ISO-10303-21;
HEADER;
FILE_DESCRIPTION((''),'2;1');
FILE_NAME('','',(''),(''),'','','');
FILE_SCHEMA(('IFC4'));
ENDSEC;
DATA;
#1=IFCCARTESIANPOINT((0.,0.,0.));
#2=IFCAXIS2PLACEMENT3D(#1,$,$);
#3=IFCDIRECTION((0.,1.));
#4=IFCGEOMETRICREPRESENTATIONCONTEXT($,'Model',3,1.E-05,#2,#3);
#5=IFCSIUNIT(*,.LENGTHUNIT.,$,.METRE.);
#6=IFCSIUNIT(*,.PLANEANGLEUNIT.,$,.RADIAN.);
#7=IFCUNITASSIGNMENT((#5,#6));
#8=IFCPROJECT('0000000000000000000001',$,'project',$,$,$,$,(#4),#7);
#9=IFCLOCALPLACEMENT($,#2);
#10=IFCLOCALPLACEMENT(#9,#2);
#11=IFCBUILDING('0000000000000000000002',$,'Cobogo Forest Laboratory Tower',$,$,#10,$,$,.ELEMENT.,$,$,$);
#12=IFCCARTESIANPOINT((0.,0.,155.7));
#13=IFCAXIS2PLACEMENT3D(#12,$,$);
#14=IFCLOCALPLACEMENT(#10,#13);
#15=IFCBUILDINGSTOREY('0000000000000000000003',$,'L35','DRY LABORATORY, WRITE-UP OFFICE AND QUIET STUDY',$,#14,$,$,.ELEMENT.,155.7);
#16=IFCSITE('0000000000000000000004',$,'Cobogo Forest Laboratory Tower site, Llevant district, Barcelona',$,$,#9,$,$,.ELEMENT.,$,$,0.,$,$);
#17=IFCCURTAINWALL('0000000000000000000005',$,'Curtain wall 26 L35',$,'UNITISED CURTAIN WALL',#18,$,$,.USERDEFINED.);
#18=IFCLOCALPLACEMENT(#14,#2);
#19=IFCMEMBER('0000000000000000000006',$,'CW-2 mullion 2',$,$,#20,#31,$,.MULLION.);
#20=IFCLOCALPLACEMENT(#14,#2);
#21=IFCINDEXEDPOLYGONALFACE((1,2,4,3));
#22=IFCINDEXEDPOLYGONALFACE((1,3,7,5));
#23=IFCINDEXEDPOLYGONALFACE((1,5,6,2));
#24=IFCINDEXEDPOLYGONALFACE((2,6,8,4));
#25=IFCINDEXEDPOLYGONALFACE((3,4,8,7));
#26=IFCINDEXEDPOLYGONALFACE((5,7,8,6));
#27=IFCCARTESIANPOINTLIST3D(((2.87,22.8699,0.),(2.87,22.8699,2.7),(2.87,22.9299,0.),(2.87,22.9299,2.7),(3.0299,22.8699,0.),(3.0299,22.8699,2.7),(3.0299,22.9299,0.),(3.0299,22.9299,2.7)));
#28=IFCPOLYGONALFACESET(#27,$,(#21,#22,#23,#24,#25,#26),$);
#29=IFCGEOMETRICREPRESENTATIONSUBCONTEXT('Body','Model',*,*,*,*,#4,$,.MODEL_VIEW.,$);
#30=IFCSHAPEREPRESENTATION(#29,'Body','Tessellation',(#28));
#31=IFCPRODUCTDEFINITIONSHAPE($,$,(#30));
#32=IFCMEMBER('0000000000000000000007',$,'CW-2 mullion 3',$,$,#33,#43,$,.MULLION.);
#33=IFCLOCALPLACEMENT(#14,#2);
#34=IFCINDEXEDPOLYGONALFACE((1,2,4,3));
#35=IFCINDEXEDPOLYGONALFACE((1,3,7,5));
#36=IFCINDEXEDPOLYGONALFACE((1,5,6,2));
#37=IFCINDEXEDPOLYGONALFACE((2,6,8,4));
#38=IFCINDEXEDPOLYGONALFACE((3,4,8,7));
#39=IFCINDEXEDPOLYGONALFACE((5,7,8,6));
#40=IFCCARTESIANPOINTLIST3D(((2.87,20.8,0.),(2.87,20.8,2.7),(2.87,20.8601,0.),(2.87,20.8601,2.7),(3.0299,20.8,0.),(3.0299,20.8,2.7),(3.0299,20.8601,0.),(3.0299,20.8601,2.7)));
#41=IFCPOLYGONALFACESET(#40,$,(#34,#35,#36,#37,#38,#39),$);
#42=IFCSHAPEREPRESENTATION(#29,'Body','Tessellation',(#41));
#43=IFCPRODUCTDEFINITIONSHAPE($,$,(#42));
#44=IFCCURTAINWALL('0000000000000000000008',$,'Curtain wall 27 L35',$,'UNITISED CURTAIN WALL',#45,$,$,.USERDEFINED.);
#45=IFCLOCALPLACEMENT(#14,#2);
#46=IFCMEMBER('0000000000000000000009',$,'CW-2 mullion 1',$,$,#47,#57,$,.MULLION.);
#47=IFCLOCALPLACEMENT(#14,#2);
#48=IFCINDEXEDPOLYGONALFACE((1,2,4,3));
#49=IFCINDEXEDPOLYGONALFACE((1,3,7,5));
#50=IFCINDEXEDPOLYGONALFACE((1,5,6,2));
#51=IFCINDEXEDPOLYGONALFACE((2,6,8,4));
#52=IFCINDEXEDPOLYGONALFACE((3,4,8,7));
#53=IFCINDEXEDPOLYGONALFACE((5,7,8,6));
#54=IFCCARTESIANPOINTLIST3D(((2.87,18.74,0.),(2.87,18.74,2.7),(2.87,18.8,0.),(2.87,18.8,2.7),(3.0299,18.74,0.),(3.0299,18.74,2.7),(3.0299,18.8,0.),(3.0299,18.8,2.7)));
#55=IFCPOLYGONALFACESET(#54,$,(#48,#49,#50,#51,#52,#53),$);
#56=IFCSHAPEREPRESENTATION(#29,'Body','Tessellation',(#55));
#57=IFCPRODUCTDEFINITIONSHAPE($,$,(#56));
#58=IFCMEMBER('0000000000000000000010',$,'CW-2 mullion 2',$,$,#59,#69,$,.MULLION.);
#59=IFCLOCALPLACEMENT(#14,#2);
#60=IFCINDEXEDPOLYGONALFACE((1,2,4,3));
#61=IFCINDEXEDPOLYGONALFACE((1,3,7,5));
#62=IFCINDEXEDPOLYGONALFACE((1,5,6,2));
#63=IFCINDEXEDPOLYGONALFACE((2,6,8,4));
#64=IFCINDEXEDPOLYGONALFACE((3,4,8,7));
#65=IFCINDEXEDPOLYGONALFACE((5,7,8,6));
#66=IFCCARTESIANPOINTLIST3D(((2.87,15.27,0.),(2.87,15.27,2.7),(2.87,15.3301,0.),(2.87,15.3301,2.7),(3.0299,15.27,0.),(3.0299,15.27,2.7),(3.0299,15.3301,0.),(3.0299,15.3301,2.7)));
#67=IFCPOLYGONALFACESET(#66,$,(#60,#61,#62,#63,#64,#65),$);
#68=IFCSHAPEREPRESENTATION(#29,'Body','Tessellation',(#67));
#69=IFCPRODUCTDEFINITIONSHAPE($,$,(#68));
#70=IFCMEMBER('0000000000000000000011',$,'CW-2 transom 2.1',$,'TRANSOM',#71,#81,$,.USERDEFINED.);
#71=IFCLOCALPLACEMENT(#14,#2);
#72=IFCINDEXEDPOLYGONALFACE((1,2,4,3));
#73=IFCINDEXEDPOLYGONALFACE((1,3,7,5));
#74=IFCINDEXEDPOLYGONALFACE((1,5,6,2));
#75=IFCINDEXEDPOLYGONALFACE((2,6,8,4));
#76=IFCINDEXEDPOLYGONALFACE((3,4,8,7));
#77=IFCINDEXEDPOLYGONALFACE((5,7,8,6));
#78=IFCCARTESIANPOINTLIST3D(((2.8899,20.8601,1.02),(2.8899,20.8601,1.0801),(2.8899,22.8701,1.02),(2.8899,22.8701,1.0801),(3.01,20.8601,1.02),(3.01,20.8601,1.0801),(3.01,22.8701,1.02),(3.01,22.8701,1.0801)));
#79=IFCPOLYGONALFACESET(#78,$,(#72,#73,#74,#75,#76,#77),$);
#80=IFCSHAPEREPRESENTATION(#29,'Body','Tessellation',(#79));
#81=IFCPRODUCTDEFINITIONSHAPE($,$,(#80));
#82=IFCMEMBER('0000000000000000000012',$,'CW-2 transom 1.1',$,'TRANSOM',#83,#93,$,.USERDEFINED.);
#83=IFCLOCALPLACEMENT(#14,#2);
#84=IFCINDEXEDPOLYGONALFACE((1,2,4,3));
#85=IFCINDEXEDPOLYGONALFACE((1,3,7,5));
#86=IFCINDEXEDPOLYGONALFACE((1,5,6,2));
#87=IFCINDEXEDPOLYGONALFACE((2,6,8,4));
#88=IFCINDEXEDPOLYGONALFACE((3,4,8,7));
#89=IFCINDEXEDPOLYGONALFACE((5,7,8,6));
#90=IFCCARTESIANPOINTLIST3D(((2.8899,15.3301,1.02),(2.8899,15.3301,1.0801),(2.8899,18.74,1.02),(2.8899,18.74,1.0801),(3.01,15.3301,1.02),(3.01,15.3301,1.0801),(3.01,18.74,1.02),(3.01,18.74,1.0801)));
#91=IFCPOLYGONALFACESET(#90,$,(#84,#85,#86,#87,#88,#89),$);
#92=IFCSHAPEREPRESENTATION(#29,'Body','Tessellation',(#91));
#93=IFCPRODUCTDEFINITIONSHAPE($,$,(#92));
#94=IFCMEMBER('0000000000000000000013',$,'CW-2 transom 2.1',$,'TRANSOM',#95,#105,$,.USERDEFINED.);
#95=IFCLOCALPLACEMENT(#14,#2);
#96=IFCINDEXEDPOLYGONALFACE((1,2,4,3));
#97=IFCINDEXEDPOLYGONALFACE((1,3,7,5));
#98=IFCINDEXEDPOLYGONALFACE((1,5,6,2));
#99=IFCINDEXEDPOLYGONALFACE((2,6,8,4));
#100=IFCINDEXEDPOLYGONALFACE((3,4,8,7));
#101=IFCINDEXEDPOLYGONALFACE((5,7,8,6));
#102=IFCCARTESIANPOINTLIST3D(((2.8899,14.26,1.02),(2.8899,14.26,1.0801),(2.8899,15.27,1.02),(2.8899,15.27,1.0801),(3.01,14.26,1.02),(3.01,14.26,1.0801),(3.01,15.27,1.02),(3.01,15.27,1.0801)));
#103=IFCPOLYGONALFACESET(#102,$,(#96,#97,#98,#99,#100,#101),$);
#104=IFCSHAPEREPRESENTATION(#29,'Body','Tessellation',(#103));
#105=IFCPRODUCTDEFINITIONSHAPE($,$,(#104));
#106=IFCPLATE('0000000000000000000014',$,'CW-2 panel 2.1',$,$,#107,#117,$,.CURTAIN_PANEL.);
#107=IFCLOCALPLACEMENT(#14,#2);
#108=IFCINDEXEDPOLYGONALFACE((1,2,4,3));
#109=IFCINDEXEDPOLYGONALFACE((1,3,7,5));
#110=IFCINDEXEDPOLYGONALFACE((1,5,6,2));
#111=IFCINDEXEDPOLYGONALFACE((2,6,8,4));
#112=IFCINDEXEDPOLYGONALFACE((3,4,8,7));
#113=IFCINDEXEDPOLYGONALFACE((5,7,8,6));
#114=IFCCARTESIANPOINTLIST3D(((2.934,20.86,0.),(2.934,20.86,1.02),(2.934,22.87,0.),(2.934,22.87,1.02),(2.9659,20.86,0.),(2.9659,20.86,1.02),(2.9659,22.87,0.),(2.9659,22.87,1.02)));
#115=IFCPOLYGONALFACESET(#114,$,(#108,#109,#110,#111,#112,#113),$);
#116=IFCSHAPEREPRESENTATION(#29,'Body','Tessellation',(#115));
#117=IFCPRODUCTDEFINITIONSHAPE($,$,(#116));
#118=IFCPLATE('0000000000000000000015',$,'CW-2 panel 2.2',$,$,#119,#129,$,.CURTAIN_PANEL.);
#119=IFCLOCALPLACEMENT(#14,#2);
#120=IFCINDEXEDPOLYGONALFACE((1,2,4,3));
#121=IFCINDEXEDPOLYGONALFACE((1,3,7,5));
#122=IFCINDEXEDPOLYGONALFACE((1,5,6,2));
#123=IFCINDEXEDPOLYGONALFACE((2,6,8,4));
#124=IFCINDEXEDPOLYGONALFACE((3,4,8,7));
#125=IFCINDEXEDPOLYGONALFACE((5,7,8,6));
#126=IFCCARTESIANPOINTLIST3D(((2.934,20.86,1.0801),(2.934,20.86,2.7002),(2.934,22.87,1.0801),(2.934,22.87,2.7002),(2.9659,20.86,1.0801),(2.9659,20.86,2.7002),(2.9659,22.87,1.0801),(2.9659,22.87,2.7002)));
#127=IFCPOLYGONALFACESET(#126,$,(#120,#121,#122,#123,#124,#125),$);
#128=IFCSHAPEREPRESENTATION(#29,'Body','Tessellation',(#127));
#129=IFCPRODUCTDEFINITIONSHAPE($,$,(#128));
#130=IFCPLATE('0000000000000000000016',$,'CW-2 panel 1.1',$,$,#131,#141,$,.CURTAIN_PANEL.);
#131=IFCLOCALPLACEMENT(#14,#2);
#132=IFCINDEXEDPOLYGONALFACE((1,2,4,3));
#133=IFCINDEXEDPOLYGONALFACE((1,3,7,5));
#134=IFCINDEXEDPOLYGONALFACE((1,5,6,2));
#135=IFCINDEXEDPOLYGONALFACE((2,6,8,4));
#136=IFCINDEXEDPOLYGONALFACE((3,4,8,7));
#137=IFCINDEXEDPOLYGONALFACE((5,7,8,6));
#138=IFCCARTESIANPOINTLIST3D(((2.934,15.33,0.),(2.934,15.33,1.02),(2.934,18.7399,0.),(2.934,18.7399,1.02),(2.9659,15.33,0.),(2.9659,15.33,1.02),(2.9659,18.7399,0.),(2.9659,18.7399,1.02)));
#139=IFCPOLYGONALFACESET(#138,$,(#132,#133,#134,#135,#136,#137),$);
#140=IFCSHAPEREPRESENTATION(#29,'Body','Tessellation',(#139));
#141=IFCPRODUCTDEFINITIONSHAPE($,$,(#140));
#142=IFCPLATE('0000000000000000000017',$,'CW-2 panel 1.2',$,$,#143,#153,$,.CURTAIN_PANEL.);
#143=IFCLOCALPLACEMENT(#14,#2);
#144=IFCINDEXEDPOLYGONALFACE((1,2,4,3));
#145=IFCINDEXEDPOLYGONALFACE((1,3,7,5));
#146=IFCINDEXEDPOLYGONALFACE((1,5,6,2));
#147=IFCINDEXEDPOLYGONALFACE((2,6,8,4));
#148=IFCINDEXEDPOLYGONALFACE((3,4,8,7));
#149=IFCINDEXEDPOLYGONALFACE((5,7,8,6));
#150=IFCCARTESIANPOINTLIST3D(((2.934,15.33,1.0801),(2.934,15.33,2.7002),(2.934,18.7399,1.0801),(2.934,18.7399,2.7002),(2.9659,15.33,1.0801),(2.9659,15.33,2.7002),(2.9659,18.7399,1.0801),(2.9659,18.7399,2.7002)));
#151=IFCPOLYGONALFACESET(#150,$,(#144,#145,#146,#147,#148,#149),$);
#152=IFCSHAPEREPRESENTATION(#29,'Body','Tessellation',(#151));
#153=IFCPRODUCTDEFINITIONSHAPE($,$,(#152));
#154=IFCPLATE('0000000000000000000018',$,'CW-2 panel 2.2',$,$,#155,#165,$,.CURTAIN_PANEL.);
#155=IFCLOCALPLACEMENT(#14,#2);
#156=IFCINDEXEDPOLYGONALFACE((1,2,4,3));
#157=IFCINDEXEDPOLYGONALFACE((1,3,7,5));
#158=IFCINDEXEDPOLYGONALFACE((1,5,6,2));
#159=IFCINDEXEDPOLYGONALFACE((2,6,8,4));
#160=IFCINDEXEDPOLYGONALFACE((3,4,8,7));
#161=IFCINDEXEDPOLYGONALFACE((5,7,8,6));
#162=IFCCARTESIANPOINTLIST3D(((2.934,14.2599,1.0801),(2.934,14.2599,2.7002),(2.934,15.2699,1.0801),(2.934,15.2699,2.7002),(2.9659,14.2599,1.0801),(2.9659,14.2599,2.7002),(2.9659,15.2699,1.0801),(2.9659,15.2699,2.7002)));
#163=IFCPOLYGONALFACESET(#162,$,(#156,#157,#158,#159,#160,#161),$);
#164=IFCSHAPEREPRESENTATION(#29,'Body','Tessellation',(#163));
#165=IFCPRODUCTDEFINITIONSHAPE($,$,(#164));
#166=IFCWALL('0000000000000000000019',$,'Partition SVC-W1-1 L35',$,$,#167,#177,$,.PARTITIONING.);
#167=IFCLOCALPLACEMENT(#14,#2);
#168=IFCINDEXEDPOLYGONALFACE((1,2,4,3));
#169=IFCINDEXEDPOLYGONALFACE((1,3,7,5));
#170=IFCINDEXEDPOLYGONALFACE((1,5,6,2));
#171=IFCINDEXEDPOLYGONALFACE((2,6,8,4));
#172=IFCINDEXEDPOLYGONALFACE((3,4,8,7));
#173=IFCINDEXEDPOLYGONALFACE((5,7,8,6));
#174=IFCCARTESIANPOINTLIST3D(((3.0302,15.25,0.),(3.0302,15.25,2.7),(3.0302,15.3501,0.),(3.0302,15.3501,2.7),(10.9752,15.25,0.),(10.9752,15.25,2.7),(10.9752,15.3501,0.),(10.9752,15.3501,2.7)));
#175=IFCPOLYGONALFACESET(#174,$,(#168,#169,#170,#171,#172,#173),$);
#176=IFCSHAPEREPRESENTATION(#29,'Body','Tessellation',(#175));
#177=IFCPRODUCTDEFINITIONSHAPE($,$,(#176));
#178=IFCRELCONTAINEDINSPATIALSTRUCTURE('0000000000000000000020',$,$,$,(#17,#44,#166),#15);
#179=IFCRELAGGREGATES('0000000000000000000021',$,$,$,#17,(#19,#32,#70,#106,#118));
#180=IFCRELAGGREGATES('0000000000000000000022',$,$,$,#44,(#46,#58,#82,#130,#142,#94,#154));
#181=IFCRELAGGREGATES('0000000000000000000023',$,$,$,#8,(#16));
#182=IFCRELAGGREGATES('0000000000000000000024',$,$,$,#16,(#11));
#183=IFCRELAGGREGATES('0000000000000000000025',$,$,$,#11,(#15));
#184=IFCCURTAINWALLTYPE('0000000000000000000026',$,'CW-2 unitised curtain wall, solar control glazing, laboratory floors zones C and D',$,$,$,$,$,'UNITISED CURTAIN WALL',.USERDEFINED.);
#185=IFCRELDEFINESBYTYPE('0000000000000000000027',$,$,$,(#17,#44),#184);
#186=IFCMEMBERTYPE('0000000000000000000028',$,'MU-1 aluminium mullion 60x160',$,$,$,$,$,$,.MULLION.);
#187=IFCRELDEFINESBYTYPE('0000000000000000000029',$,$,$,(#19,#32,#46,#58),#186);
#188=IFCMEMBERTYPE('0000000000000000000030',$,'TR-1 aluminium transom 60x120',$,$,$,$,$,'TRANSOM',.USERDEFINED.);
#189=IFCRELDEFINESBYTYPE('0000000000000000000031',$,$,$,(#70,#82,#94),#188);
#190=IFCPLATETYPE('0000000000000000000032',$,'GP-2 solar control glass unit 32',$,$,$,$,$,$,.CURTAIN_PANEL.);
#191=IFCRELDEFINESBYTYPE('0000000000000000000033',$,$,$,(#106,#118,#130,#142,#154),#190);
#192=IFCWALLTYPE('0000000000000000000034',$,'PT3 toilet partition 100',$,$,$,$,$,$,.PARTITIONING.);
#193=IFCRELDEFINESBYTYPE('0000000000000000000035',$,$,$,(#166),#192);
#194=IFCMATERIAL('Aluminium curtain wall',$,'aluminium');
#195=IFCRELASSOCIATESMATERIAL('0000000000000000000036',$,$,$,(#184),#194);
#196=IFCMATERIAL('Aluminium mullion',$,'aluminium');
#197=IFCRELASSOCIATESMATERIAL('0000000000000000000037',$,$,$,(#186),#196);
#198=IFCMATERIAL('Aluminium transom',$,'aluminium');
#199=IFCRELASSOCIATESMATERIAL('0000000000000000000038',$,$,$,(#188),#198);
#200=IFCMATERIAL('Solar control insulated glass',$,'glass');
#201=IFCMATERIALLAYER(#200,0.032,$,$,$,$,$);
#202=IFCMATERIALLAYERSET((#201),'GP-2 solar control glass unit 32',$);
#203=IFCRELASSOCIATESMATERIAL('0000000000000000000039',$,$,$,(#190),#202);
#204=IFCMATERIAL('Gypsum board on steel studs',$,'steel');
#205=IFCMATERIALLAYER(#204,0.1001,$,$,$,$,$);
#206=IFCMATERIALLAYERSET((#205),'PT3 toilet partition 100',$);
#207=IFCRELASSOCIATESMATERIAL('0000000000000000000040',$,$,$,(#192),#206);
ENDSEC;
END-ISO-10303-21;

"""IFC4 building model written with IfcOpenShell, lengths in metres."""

from ifc_helpers import new_model, si_unit, direction, frame, frame_2d, origin, origin_2d, place, context, subcontext, project, spatial, rectangle, extrude, material, layer, layer_set, material_profile, profile_set, type_object, element, aggregate, save


model = new_model("IFC4")

# Units and contexts
model_context = context("Model", 3, precision=1e-05, world=origin(), true_north=direction((0.0, 1.0)))
body_context = subcontext(model_context, "Body", "Model", "MODEL_VIEW")
ifc_project = project(units=[si_unit("LENGTHUNIT", "METRE"), si_unit("PLANEANGLEUNIT", "RADIAN")], contexts=[model_context])

# Site, building, storey
site_placement = place(None, origin())
site = spatial("IfcSite", under=ifc_project, at=site_placement, Name="Cobogo Forest Laboratory Tower site, Llevant district, Barcelona", CompositionType="ELEMENT", RefElevation=0.0)
building_placement = place(site_placement, origin())
building = spatial("IfcBuilding", under=site, at=building_placement, Name="Cobogo Forest Laboratory Tower", CompositionType="ELEMENT")
storey_placement = place(building_placement, frame((0.0, 0.0, 155.7)))
storey = spatial("IfcBuildingStorey", under=building, at=storey_placement, Name="L35", Description="DRY LABORATORY, WRITE-UP OFFICE AND QUIET STUDY", CompositionType="ELEMENT", Elevation=155.7)

# Curtain walls, members
ifc_material_1 = material(Name="Aluminium curtain wall", Category="aluminium")
curtain_wall_type = type_object("IfcCurtainWallType", Name="CW-2 unitised curtain wall, solar control glazing, laboratory floors zones C and D", ElementType="UNITISED CURTAIN WALL", PredefinedType="USERDEFINED", material=ifc_material_1)
curtain_wall_1_placement = place(storey_placement, origin())
curtain_wall_1 = element("IfcCurtainWall", 1, at=curtain_wall_1_placement, inside=storey, type_object=curtain_wall_type, Name="Curtain wall 26 L35", ObjectType="UNITISED CURTAIN WALL", PredefinedType="USERDEFINED")
ifc_material_2 = material(Name="Aluminium mullion", Category="aluminium")
ifc_material_profile_1 = material_profile(ifc_material_2, rectangle(XDim=0.0601, YDim=0.1599, at=origin_2d()), Name="AL 60x160")
ifc_profile_set_1 = profile_set([ifc_material_profile_1], Name="Aluminium mullion")
member_type_1 = type_object("IfcMemberType", Name="MU-1 aluminium mullion 60x160", PredefinedType="MULLION", material=ifc_profile_set_1)
member_1_placement = place(storey_placement, frame((2.95, 22.8999, 0.0), z_axis=(0.0, 0.0, 1.0), x_axis=(0.0, -1.0, 0.0)))
member_1 = element("IfcMember", 2, at=member_1_placement, type_object=member_type_1, Name="CW-2 mullion 2", PredefinedType="MULLION", context=body_context, shape_type="SweptSolid", body=[
    extrude(rectangle(XDim=0.0601, YDim=0.1599, at=origin_2d()), origin(), (0.0, 0.0, 1.0), 2.7),
])
member_2_placement = place(storey_placement, frame((2.95, 20.8301, 0.0), z_axis=(0.0, 0.0, 1.0), x_axis=(0.0, -1.0, 0.0)))
member_2 = element("IfcMember", 3, at=member_2_placement, type_object=member_type_1, Name="CW-2 mullion 3", PredefinedType="MULLION", context=body_context, shape_type="SweptSolid", body=[
    extrude(rectangle(XDim=0.0601, YDim=0.1599, at=origin_2d()), origin(), (0.0, 0.0, 1.0), 2.7),
])
curtain_wall_2_placement = place(storey_placement, origin())
curtain_wall_2 = element("IfcCurtainWall", 4, at=curtain_wall_2_placement, inside=storey, type_object=curtain_wall_type, Name="Curtain wall 27 L35", ObjectType="UNITISED CURTAIN WALL", PredefinedType="USERDEFINED")
member_3_placement = place(storey_placement, frame((2.95, 18.77, 0.0), z_axis=(0.0, 0.0, 1.0), x_axis=(0.0, -1.0, 0.0)))
member_3 = element("IfcMember", 5, at=member_3_placement, type_object=member_type_1, Name="CW-2 mullion 1", PredefinedType="MULLION", context=body_context, shape_type="SweptSolid", body=[
    extrude(rectangle(XDim=0.0601, YDim=0.1599, at=origin_2d()), origin(), (0.0, 0.0, 1.0), 2.7),
])
member_4_placement = place(storey_placement, frame((2.95, 15.3, 0.0), z_axis=(0.0, 0.0, 1.0), x_axis=(0.0, -1.0, 0.0)))
member_4 = element("IfcMember", 6, at=member_4_placement, type_object=member_type_1, Name="CW-2 mullion 2", PredefinedType="MULLION", context=body_context, shape_type="SweptSolid", body=[
    extrude(rectangle(XDim=0.0601, YDim=0.1599, at=origin_2d()), origin(), (0.0, 0.0, 1.0), 2.7),
])

# Members
ifc_material_3 = material(Name="Aluminium transom", Category="aluminium")
ifc_material_profile_2 = material_profile(ifc_material_3, rectangle(XDim=0.1201, YDim=0.0601, at=origin_2d()), Name="AL 60x120")
ifc_profile_set_2 = profile_set([ifc_material_profile_2], Name="Aluminium transom")
member_type_2 = type_object("IfcMemberType", Name="TR-1 aluminium transom 60x120", ElementType="TRANSOM", PredefinedType="USERDEFINED", material=ifc_profile_set_2)
member_5_placement = place(storey_placement, frame((2.95, 22.8701, 1.05), z_axis=(0.0, -1.0, 0.0), x_axis=(1.0, 0.0, 0.0)))
member_5 = element("IfcMember", 7, at=member_5_placement, type_object=member_type_2, Name="CW-2 transom 2.1", ObjectType="TRANSOM", PredefinedType="USERDEFINED", context=body_context, shape_type="SweptSolid", body=[
    extrude(rectangle(XDim=0.1201, YDim=0.0601, at=origin_2d()), origin(), (0.0, 0.0, 1.0), 2.01),
])
member_6_placement = place(storey_placement, frame((2.95, 18.74, 1.05), z_axis=(0.0, -1.0, 0.0), x_axis=(1.0, 0.0, 0.0)))
member_6 = element("IfcMember", 8, at=member_6_placement, type_object=member_type_2, Name="CW-2 transom 1.1", ObjectType="TRANSOM", PredefinedType="USERDEFINED", context=body_context, shape_type="SweptSolid", body=[
    extrude(rectangle(XDim=0.1201, YDim=0.0601, at=origin_2d()), origin(), (0.0, 0.0, 1.0), 3.4099),
])
member_7_placement = place(storey_placement, frame((2.95, 15.27, 1.05), z_axis=(0.0, -1.0, 0.0), x_axis=(1.0, 0.0, 0.0)))
member_7 = element("IfcMember", 9, at=member_7_placement, type_object=member_type_2, Name="CW-2 transom 2.1", ObjectType="TRANSOM", PredefinedType="USERDEFINED", context=body_context, shape_type="SweptSolid", body=[
    extrude(rectangle(XDim=0.1201, YDim=0.0601, at=origin_2d()), origin(), (0.0, 0.0, 1.0), 1.01),
])

# Plates
ifc_material_4 = material(Name="Solar control insulated glass", Category="glass")
ifc_layer_1 = layer(ifc_material_4, 0.032)
ifc_layer_set_1 = layer_set([ifc_layer_1], Name="GP-2 solar control glass unit 32")
plate_type_1 = type_object("IfcPlateType", Name="GP-2 solar control glass unit 32", PredefinedType="CURTAIN_PANEL", material=ifc_layer_set_1)
plate_1_placement = place(storey_placement, frame((2.95, 21.865, 0.0), z_axis=(0.0, 0.0, 1.0), x_axis=(0.0, -1.0, 0.0)))
plate_1 = element("IfcPlate", 10, at=plate_1_placement, type_object=plate_type_1, Name="CW-2 panel 2.1", PredefinedType="CURTAIN_PANEL", context=body_context, shape_type="SweptSolid", body=[
    extrude(rectangle(XDim=2.01, YDim=0.032, at=origin_2d()), origin(), (0.0, 0.0, 1.0), 1.02),
])
plate_2_placement = place(storey_placement, frame((2.95, 21.865, 1.0801), z_axis=(0.0, 0.0, 1.0), x_axis=(0.0, -1.0, 0.0)))
plate_2 = element("IfcPlate", 11, at=plate_2_placement, type_object=plate_type_1, Name="CW-2 panel 2.2", PredefinedType="CURTAIN_PANEL", context=body_context, shape_type="SweptSolid", body=[
    extrude(rectangle(XDim=2.01, YDim=0.032, at=origin_2d()), origin(), (0.0, 0.0, 1.0), 1.6201),
])
aggregate(curtain_wall_1, [member_1, member_2, member_5, plate_1, plate_2])
plate_3_placement = place(storey_placement, frame((2.95, 17.0349, 0.0), z_axis=(0.0, 0.0, 1.0), x_axis=(0.0, -1.0, 0.0)))
plate_3 = element("IfcPlate", 12, at=plate_3_placement, type_object=plate_type_1, Name="CW-2 panel 1.1", PredefinedType="CURTAIN_PANEL", context=body_context, shape_type="SweptSolid", body=[
    extrude(rectangle(XDim=3.4099, YDim=0.032, at=origin_2d()), origin(), (0.0, 0.0, 1.0), 1.02),
])
plate_4_placement = place(storey_placement, frame((2.95, 17.0349, 1.0801), z_axis=(0.0, 0.0, 1.0), x_axis=(0.0, -1.0, 0.0)))
plate_4 = element("IfcPlate", 13, at=plate_4_placement, type_object=plate_type_1, Name="CW-2 panel 1.2", PredefinedType="CURTAIN_PANEL", context=body_context, shape_type="SweptSolid", body=[
    extrude(rectangle(XDim=3.4099, YDim=0.032, at=origin_2d()), origin(), (0.0, 0.0, 1.0), 1.6201),
])
plate_5_placement = place(storey_placement, frame((2.95, 14.7649, 1.0801), z_axis=(0.0, 0.0, 1.0), x_axis=(0.0, -1.0, 0.0)))
plate_5 = element("IfcPlate", 14, at=plate_5_placement, type_object=plate_type_1, Name="CW-2 panel 2.2", PredefinedType="CURTAIN_PANEL", context=body_context, shape_type="SweptSolid", body=[
    extrude(rectangle(XDim=1.01, YDim=0.032, at=origin_2d()), origin(), (0.0, 0.0, 1.0), 1.6201),
])
aggregate(curtain_wall_2, [member_3, member_4, member_6, plate_3, plate_4, member_7, plate_5])

# Wall
ifc_material_5 = material(Name="Gypsum board on steel studs", Category="steel")
ifc_layer_2 = layer(ifc_material_5, 0.1001)
ifc_layer_set_2 = layer_set([ifc_layer_2], Name="PT3 toilet partition 100")
wall_type = type_object("IfcWallType", Name="PT3 toilet partition 100", PredefinedType="PARTITIONING", material=ifc_layer_set_2)
wall_placement = place(storey_placement, frame((3.03, 15.3, 0.0), z_axis=(0.0, 0.0, 1.0), x_axis=(1.0, 0.0, 0.0)))
element("IfcWall", 15, at=wall_placement, inside=storey, type_object=wall_type, Name="Partition SVC-W1-1 L35", PredefinedType="PARTITIONING", context=body_context, shape_type="SweptSolid", body=[
    extrude(rectangle(XDim=7.9451, YDim=0.1001, at=frame_2d((3.9727, 0.0))), origin(), (0.0, 0.0, 1.0), 2.7),
])

save(model, "model.ifc")
